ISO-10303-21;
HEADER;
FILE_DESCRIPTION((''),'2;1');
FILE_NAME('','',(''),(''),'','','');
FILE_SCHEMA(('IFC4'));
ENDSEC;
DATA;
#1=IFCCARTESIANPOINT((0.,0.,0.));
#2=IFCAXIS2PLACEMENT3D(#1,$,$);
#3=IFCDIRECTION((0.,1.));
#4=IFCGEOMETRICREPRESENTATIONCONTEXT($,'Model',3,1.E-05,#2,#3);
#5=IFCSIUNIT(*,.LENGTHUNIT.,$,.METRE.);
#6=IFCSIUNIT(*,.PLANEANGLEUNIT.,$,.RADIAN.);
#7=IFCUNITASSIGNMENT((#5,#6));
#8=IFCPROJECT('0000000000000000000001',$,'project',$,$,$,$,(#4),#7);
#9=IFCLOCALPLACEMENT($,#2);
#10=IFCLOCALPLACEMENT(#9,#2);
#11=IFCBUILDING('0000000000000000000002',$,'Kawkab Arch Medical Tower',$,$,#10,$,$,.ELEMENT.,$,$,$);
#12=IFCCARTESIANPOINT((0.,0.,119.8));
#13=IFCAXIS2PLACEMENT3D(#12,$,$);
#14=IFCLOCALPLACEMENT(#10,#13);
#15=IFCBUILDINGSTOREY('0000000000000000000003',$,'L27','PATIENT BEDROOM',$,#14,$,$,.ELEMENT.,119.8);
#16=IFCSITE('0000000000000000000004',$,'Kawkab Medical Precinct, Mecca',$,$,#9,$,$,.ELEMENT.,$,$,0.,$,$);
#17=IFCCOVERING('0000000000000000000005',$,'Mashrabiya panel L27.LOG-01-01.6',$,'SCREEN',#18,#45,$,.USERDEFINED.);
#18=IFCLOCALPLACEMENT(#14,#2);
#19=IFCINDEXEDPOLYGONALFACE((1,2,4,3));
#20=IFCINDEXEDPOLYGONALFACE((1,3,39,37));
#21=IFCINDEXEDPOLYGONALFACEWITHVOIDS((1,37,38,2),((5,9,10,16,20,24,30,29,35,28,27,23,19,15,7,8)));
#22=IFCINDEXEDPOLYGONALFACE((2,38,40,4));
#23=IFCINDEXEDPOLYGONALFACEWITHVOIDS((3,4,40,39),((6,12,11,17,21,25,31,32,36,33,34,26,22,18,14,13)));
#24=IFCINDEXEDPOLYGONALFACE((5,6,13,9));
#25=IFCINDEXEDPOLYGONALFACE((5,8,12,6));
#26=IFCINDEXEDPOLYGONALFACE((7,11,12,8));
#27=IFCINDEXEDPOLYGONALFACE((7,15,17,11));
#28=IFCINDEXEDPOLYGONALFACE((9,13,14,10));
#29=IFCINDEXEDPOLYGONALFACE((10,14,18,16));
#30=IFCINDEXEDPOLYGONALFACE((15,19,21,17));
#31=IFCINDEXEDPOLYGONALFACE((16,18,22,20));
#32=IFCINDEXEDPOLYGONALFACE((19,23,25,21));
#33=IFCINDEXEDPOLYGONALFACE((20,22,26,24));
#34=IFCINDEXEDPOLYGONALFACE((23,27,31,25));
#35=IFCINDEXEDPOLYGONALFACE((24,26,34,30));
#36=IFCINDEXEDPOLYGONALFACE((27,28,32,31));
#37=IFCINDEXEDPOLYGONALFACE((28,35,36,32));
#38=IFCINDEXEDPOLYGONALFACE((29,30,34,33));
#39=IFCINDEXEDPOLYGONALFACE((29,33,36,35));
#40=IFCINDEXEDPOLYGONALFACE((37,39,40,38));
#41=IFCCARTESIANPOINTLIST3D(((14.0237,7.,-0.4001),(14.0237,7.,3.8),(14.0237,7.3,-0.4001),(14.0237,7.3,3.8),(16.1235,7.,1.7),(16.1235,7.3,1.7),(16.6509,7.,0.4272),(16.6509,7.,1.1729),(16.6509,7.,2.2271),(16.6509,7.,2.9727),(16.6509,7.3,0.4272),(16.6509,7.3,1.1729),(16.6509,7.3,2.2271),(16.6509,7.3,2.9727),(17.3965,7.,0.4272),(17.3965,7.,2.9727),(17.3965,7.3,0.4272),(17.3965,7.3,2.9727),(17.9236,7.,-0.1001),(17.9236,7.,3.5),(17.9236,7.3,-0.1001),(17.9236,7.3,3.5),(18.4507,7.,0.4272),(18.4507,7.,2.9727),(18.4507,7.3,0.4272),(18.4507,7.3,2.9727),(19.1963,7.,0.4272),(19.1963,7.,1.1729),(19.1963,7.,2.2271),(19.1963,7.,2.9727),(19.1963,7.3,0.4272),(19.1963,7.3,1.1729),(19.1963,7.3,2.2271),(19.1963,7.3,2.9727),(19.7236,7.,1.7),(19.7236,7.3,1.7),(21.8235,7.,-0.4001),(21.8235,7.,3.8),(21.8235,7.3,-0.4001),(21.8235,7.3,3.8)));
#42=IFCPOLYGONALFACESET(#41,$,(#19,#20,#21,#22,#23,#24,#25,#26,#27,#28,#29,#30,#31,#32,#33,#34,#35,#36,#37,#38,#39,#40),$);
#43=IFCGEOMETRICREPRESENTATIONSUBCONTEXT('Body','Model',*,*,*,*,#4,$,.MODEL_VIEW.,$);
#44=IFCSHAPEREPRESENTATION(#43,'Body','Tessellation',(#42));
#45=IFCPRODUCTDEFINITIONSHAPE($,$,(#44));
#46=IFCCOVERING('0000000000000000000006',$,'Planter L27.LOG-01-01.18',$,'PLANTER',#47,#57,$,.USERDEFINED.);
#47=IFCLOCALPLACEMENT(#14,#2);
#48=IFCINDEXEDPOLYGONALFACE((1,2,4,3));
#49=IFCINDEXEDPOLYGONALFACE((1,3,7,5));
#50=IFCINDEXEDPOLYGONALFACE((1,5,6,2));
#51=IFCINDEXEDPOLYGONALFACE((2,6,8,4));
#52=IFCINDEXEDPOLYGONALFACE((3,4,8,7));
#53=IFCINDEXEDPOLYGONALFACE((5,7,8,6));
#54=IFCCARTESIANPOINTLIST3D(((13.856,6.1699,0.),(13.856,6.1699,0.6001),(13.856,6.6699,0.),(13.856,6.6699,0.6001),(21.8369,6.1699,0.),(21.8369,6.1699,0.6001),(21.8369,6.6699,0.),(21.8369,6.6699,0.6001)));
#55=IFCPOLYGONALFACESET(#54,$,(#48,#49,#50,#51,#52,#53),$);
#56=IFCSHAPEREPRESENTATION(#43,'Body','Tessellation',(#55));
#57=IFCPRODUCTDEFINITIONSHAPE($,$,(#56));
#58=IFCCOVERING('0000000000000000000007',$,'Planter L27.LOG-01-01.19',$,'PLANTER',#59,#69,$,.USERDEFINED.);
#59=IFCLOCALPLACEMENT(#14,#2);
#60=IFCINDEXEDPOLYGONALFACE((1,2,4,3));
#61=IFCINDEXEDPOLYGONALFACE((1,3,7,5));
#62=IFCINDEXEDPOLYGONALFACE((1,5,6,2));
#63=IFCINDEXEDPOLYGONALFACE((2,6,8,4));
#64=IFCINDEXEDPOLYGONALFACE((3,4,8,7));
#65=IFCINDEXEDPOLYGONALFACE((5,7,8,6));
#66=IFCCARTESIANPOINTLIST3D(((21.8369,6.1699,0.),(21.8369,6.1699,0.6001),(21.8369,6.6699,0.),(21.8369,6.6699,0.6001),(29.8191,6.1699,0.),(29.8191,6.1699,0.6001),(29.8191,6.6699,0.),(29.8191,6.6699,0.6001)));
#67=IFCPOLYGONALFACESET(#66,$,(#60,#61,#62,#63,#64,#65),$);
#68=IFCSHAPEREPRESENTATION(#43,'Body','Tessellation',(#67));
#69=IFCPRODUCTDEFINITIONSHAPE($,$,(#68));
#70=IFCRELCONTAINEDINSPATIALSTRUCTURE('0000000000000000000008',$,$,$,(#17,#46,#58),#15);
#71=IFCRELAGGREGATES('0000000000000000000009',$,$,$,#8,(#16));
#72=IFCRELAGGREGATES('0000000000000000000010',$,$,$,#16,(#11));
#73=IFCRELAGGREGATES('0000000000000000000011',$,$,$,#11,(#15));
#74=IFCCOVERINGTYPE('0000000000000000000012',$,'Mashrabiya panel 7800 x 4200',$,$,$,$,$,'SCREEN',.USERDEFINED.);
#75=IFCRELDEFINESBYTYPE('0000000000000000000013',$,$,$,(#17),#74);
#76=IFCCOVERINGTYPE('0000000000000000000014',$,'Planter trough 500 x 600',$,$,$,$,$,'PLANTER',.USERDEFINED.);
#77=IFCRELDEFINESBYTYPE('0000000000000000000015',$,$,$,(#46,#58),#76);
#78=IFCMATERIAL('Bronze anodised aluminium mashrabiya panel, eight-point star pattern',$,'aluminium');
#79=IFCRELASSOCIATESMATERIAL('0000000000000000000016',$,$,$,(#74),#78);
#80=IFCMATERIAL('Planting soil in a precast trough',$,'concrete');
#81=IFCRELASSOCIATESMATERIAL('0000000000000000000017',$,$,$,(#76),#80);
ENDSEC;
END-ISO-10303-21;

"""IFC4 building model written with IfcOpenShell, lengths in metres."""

from ifc_helpers import new_model, si_unit, direction, frame, origin, origin_2d, place, context, subcontext, project, spatial, polyline, rectangle, outline, extrude, material, material_profile, profile_set, type_object, element, save


model = new_model("IFC4")

# Units and contexts
model_context = context("Model", 3, precision=1e-05, world=origin(), true_north=direction((0.0, 1.0)))
body_context = subcontext(model_context, "Body", "Model", "MODEL_VIEW")
ifc_project = project(units=[si_unit("LENGTHUNIT", "METRE"), si_unit("PLANEANGLEUNIT", "RADIAN")], contexts=[model_context])

# Site, building, storey
site_placement = place(None, origin())
site = spatial("IfcSite", under=ifc_project, at=site_placement, Name="Kawkab Medical Precinct, Mecca", CompositionType="ELEMENT", RefElevation=0.0)
building_placement = place(site_placement, origin())
building = spatial("IfcBuilding", under=site, at=building_placement, Name="Kawkab Arch Medical Tower", CompositionType="ELEMENT")
storey_placement = place(building_placement, frame((0.0, 0.0, 119.8)))
storey = spatial("IfcBuildingStorey", under=building, at=storey_placement, Name="L27", Description="PATIENT BEDROOM", CompositionType="ELEMENT", Elevation=119.8)

# Coverings
ifc_material_1 = material(Name="Bronze anodised aluminium mashrabiya panel, eight-point star pattern", Category="aluminium")
ifc_material_profile_1 = material_profile(ifc_material_1, outline(polyline([(-3.8999, -2.1001), (3.8999, -2.1001), (3.8999, 2.1001), (-3.8999, 2.1001), (-3.8999, -2.1001)]), holes=[polyline([(1.8, 0.0), (1.2727, 0.5271), (1.2727, 1.2727), (0.5271, 1.2727), (0.0, 1.8), (-0.5271, 1.2727), (-1.2727, 1.2727), (-1.2727, 0.5271), (-1.8, 0.0), (-1.2727, -0.5271), (-1.2727, -1.2727), (-0.5271, -1.2727), (0.0, -1.8), (0.5271, -1.2727), (1.2727, -1.2727), (1.2727, -0.5271), (1.8, 0.0)])]), Name="Mashrabiya panel 7800x4200")
ifc_profile_set_1 = profile_set([ifc_material_profile_1], Name="Bronze anodised aluminium mashrabiya panel, eight-point star pattern")
covering_type_1 = type_object("IfcCoveringType", Name="Mashrabiya panel 7800 x 4200", ElementType="SCREEN", PredefinedType="USERDEFINED", material=ifc_profile_set_1)
covering_1_placement = place(storey_placement, frame((17.9236, 7.0, 1.7), z_axis=(0.0, 1.0, 0.0), x_axis=(-1.0, 0.0, 0.0)))
element("IfcCovering", 1, at=covering_1_placement, inside=storey, type_object=covering_type_1, Name="Mashrabiya panel L27.LOG-01-01.6", ObjectType="SCREEN", PredefinedType="USERDEFINED", context=body_context, shape_type="SweptSolid", body=[
    extrude(outline(polyline([(-3.8999, -2.1001), (3.8999, -2.1001), (3.8999, 2.1001), (-3.8999, 2.1001), (-3.8999, -2.1001)]), holes=[polyline([(1.8, 0.0), (1.2727, 0.5271), (1.2727, 1.2727), (0.5271, 1.2727), (0.0, 1.8), (-0.5271, 1.2727), (-1.2727, 1.2727), (-1.2727, 0.5271), (-1.8, 0.0), (-1.2727, -0.5271), (-1.2727, -1.2727), (-0.5271, -1.2727), (0.0, -1.8), (0.5271, -1.2727), (1.2727, -1.2727), (1.2727, -0.5271), (1.8, 0.0)])]), origin(), (0.0, 0.0, 1.0), 0.3),
])
ifc_material_2 = material(Name="Planting soil in a precast trough", Category="concrete")
ifc_material_profile_2 = material_profile(ifc_material_2, rectangle(XDim=0.5, YDim=0.6001, at=origin_2d()), Name="Trough 500x600")
ifc_profile_set_2 = profile_set([ifc_material_profile_2], Name="Planting soil in a precast trough")
covering_type_2 = type_object("IfcCoveringType", Name="Planter trough 500 x 600", ElementType="PLANTER", PredefinedType="USERDEFINED", material=ifc_profile_set_2)
covering_2_placement = place(storey_placement, frame((13.856, 6.4199, 0.3), z_axis=(1.0, 0.0, 0.0), x_axis=(0.0, 1.0, 0.0)))
element("IfcCovering", 2, at=covering_2_placement, inside=storey, type_object=covering_type_2, Name="Planter L27.LOG-01-01.18", ObjectType="PLANTER", PredefinedType="USERDEFINED", context=body_context, shape_type="SweptSolid", body=[
    extrude(rectangle(XDim=0.5, YDim=0.6001, at=origin_2d()), origin(), (0.0, 0.0, 1.0), 7.981),
])
covering_3_placement = place(storey_placement, frame((21.8369, 6.4199, 0.3), z_axis=(1.0, 0.0, 0.0), x_axis=(0.0, 1.0, 0.0)))
element("IfcCovering", 3, at=covering_3_placement, inside=storey, type_object=covering_type_2, Name="Planter L27.LOG-01-01.19", ObjectType="PLANTER", PredefinedType="USERDEFINED", context=body_context, shape_type="SweptSolid", body=[
    extrude(rectangle(XDim=0.5, YDim=0.6001, at=origin_2d()), origin(), (0.0, 0.0, 1.0), 7.9822),
])

save(model, "model.ifc")
